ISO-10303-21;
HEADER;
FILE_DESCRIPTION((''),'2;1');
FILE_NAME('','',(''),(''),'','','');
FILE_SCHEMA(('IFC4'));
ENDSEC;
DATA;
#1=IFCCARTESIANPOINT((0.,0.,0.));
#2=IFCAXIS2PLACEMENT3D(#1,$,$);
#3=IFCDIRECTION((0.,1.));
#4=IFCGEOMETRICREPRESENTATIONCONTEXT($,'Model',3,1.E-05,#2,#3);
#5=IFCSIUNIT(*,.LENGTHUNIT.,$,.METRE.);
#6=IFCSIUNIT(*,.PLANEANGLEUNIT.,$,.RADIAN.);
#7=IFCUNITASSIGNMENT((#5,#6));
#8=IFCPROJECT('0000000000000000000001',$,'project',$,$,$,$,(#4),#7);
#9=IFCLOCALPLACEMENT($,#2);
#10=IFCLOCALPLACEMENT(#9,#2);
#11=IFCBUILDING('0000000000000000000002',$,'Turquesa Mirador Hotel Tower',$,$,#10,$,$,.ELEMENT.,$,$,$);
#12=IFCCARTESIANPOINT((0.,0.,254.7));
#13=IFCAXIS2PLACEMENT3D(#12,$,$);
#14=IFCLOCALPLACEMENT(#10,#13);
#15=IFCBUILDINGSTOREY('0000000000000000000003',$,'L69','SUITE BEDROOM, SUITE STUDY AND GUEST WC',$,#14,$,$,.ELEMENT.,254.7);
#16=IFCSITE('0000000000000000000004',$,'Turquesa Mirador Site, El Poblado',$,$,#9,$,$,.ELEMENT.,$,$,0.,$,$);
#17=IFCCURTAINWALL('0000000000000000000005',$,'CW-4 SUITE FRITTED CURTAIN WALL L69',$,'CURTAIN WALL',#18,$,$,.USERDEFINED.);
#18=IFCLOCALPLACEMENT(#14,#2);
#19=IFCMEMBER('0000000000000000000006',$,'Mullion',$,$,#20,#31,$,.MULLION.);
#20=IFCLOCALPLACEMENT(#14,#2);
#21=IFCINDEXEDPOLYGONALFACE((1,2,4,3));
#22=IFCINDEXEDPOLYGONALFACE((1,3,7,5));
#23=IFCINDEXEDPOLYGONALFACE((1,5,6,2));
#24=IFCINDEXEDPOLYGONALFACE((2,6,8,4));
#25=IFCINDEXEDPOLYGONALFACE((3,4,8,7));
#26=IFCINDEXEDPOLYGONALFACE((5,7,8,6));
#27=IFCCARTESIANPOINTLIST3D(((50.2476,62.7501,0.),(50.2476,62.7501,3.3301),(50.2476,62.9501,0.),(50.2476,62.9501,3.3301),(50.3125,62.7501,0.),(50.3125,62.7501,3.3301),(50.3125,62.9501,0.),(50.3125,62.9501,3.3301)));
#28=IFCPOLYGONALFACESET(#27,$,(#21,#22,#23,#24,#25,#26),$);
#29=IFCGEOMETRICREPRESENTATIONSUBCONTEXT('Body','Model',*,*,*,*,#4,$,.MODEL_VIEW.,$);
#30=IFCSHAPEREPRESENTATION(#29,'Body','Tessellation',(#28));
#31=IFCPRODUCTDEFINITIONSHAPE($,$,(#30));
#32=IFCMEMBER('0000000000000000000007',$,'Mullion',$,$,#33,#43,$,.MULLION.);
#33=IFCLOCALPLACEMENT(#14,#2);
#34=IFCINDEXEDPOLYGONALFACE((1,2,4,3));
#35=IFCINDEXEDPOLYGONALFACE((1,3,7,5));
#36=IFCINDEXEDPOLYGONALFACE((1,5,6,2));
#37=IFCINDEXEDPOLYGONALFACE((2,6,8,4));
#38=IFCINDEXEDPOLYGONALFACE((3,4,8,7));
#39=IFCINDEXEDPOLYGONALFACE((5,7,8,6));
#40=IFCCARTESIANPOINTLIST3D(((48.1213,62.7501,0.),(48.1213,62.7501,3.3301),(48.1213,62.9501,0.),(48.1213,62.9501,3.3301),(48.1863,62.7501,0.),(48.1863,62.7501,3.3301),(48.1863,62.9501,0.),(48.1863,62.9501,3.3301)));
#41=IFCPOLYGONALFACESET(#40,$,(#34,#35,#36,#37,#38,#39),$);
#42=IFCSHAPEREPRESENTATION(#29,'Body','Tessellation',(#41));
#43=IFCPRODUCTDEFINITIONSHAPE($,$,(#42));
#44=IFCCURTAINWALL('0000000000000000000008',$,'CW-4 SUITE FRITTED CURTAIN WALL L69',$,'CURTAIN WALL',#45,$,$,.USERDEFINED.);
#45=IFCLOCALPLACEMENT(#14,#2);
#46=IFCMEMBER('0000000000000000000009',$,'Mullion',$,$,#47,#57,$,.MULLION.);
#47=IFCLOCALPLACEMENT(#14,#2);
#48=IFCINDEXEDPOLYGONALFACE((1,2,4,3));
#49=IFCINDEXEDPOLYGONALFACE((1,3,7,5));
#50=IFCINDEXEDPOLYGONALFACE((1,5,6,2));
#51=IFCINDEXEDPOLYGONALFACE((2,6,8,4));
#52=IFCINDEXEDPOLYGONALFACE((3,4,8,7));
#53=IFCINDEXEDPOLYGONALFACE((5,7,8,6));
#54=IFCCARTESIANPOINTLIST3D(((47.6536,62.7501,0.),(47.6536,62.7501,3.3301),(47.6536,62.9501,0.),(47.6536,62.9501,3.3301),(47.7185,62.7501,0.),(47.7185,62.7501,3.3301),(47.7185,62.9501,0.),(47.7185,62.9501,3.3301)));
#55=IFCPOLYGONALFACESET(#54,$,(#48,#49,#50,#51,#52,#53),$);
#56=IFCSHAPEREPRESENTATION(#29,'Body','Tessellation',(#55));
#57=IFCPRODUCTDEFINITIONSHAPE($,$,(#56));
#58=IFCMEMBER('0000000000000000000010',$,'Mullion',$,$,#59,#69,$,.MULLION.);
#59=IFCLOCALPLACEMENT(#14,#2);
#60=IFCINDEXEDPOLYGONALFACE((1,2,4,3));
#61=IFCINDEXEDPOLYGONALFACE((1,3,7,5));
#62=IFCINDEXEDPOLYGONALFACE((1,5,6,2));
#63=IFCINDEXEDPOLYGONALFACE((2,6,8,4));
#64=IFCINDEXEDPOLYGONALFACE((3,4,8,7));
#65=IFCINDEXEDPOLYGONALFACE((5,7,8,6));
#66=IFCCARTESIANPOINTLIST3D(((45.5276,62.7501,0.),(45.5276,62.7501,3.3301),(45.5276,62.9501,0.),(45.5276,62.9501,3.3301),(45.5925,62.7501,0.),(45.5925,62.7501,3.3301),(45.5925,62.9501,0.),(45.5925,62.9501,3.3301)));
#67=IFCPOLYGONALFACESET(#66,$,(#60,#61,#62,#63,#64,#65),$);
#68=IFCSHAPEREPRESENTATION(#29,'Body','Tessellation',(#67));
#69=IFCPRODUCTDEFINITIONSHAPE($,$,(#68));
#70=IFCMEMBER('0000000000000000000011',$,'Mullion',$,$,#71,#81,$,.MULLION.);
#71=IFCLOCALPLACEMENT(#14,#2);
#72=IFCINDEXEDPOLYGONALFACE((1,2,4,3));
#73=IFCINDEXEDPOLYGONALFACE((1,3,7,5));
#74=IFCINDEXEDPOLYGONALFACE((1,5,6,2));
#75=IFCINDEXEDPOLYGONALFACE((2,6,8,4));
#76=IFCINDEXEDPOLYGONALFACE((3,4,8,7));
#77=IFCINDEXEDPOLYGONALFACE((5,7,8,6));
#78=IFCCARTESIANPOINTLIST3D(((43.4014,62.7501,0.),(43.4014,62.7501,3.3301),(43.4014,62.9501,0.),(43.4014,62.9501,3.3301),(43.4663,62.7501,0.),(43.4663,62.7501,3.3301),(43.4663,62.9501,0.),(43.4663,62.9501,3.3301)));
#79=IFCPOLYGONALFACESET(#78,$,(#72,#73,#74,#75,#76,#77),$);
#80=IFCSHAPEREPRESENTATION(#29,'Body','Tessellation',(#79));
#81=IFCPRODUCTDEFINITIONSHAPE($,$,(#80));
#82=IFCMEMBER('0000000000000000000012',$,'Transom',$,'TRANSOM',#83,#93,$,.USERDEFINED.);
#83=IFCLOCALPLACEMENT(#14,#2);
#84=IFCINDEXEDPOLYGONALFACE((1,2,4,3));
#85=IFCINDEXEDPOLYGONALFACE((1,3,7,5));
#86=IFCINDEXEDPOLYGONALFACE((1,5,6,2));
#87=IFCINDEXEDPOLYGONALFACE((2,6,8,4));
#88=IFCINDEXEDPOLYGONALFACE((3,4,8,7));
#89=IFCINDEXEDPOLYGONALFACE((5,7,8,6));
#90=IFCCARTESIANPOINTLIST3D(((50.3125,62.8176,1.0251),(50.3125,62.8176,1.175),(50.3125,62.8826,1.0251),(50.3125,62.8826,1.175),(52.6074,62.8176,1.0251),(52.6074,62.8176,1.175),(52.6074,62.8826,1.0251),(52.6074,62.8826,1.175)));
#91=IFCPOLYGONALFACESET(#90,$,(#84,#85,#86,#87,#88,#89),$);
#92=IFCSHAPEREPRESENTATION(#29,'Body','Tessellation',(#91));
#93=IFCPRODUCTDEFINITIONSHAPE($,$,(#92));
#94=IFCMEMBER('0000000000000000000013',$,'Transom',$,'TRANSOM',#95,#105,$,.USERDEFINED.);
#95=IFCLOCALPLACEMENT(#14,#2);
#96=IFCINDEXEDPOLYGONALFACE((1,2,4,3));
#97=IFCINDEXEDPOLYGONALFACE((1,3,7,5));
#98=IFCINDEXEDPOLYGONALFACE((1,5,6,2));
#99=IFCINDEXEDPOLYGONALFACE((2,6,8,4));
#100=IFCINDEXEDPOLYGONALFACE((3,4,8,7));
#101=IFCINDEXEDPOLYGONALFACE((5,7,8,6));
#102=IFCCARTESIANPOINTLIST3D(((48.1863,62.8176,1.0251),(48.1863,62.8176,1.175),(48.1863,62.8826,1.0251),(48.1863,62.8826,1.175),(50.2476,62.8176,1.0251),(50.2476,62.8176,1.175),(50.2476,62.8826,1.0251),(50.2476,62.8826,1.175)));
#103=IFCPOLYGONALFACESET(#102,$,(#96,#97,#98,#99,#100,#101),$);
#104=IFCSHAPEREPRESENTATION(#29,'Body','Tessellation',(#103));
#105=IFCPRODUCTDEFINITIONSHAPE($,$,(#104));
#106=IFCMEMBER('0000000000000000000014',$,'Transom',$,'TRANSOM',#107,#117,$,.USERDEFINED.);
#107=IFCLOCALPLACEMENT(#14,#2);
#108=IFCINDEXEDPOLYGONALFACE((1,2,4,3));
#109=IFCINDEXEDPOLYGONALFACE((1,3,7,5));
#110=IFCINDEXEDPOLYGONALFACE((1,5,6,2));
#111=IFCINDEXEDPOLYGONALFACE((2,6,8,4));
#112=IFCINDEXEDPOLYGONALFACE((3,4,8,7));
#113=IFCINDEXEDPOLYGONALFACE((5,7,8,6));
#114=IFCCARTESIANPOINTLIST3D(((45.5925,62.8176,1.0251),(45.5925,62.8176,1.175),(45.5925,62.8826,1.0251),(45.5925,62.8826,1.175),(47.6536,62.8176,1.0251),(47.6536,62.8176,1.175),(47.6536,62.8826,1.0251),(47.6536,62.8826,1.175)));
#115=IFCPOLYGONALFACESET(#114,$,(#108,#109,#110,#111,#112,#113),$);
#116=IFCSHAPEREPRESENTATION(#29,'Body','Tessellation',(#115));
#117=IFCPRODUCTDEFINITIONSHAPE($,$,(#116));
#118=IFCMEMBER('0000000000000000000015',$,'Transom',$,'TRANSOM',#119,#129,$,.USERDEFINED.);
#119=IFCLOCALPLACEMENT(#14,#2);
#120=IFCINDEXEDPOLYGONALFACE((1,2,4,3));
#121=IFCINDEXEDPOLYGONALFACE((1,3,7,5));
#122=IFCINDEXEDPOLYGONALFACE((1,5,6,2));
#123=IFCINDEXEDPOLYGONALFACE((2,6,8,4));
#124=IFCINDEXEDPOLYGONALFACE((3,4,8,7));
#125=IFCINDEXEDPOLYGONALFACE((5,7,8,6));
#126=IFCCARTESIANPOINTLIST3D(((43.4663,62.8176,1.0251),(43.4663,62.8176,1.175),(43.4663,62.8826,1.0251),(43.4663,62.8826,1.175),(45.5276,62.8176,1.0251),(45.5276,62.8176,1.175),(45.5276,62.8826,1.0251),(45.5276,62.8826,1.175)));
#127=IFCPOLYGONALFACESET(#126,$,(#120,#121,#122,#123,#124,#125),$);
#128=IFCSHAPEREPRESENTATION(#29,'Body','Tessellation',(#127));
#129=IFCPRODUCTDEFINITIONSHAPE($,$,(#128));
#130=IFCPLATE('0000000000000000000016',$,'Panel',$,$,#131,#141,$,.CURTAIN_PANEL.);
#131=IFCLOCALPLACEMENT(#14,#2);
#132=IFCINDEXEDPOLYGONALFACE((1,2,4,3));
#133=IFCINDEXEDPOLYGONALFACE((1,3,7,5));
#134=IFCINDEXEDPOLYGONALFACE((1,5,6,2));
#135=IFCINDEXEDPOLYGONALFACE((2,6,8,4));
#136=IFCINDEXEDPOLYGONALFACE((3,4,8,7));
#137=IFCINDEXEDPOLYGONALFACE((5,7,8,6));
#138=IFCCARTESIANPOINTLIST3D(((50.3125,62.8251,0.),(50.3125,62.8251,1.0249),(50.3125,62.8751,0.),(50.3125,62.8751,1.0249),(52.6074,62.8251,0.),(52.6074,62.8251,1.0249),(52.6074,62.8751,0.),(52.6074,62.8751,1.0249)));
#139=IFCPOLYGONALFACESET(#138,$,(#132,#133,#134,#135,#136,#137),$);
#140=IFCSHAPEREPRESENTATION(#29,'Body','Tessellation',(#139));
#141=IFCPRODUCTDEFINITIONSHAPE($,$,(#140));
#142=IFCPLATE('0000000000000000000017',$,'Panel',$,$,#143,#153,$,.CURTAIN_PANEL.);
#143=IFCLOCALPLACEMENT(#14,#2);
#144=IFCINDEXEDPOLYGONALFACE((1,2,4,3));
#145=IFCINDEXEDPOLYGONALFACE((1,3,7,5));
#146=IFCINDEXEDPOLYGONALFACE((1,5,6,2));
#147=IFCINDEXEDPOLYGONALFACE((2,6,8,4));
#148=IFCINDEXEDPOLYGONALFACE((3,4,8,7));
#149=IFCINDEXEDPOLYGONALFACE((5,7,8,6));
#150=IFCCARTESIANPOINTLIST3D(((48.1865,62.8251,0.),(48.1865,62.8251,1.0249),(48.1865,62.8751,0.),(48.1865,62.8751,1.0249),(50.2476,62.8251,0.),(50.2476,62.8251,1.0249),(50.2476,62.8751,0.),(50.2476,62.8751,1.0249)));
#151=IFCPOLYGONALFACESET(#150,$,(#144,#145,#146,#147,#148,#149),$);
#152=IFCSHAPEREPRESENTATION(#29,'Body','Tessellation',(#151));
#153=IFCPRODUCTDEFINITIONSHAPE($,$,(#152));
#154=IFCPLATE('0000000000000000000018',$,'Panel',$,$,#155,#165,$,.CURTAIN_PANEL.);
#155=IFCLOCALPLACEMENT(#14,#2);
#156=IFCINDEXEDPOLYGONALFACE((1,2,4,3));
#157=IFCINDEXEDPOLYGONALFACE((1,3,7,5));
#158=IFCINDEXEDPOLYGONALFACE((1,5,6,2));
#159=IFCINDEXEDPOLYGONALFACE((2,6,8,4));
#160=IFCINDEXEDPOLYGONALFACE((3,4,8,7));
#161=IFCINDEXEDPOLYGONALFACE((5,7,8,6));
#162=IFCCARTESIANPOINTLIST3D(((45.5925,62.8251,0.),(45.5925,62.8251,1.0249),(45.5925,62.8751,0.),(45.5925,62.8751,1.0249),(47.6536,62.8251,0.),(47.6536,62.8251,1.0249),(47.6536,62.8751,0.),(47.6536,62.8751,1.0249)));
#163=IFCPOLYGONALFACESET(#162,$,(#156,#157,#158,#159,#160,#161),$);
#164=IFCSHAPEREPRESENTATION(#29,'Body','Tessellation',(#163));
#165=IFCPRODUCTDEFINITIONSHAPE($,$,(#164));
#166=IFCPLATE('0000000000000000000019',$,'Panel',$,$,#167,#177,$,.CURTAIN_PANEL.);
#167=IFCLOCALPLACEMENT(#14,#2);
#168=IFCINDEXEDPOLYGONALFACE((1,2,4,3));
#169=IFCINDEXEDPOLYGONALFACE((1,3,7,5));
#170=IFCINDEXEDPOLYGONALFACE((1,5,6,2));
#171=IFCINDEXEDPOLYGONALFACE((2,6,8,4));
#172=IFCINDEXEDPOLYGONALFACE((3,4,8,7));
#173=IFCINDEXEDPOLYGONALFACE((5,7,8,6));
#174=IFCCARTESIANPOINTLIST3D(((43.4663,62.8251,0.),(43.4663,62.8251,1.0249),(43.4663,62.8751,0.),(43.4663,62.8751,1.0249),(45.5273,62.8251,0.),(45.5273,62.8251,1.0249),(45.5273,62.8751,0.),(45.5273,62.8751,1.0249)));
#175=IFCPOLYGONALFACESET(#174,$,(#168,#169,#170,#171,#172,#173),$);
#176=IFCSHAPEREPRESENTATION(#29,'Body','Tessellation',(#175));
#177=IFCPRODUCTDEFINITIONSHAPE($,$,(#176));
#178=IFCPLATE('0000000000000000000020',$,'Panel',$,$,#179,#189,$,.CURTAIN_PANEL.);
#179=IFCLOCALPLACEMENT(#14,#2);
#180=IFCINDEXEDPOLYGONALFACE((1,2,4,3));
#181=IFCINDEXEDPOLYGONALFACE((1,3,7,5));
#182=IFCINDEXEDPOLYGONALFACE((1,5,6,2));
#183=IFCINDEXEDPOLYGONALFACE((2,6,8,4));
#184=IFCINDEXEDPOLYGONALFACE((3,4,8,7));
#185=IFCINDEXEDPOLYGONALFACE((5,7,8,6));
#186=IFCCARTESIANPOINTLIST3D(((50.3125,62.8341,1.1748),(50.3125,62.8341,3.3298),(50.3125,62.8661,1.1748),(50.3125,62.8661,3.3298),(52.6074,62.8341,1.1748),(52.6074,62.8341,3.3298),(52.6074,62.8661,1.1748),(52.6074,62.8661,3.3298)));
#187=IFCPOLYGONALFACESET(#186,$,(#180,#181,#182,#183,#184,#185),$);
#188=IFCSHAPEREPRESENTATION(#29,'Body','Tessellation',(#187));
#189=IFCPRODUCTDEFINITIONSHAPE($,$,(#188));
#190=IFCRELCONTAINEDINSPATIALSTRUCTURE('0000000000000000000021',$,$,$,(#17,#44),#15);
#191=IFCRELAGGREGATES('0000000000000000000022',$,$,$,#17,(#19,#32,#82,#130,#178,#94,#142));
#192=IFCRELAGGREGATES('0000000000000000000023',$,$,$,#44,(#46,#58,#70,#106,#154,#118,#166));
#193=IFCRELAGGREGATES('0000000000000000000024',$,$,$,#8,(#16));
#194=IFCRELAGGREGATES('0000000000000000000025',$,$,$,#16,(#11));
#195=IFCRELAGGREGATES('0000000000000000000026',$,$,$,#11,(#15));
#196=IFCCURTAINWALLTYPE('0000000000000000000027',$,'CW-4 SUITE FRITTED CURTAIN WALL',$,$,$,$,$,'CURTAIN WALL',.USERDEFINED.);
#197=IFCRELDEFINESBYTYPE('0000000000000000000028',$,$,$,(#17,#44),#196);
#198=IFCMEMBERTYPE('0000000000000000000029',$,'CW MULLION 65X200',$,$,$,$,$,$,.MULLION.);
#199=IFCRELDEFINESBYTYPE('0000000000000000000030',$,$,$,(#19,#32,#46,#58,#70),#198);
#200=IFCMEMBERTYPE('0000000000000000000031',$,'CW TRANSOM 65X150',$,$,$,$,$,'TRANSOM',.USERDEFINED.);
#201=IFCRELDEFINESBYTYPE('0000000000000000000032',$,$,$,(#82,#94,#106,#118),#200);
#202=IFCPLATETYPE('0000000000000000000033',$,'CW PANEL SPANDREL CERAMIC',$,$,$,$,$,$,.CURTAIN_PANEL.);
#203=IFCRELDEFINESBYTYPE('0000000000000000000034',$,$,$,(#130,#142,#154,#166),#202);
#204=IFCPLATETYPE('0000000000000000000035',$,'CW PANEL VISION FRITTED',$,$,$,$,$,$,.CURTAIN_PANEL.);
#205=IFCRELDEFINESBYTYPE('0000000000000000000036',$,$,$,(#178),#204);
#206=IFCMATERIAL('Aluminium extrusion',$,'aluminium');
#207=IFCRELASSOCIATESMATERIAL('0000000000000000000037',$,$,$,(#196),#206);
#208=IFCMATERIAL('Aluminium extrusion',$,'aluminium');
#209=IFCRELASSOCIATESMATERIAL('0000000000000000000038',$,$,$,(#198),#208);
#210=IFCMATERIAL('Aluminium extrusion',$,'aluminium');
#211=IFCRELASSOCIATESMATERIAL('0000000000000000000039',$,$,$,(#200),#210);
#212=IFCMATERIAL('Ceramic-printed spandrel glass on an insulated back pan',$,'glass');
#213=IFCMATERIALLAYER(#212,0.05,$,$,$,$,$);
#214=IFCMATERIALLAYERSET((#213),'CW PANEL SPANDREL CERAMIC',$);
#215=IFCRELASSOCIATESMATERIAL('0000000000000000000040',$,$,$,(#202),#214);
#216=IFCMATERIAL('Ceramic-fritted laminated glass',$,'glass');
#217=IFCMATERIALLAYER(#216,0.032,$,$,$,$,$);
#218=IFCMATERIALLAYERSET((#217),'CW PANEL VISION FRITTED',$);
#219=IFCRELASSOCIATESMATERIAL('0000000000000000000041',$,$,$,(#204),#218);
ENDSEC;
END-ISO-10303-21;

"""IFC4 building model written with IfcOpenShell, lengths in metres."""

from ifc_helpers import new_model, si_unit, direction, frame, origin, origin_2d, place, context, subcontext, project, spatial, rectangle, extrude, material, layer, layer_set, material_profile, profile_set, type_object, element, aggregate, save


model = new_model("IFC4")

# Units and contexts
model_context = context("Model", 3, precision=1e-05, world=origin(), true_north=direction((0.0, 1.0)))
body_context = subcontext(model_context, "Body", "Model", "MODEL_VIEW")
ifc_project = project(units=[si_unit("LENGTHUNIT", "METRE"), si_unit("PLANEANGLEUNIT", "RADIAN")], contexts=[model_context])

# Site, building, storey
site_placement = place(None, origin())
site = spatial("IfcSite", under=ifc_project, at=site_placement, Name="Turquesa Mirador Site, El Poblado", CompositionType="ELEMENT", RefElevation=0.0)
building_placement = place(site_placement, origin())
building = spatial("IfcBuilding", under=site, at=building_placement, Name="Turquesa Mirador Hotel Tower", CompositionType="ELEMENT")
storey_placement = place(building_placement, frame((0.0, 0.0, 254.7)))
storey = spatial("IfcBuildingStorey", under=building, at=storey_placement, Name="L69", Description="SUITE BEDROOM, SUITE STUDY AND GUEST WC", CompositionType="ELEMENT", Elevation=254.7)

# Curtain walls, members
ifc_material_1 = material(Name="Aluminium extrusion", Category="aluminium")
curtain_wall_type = type_object("IfcCurtainWallType", Name="CW-4 SUITE FRITTED CURTAIN WALL", ElementType="CURTAIN WALL", PredefinedType="USERDEFINED", material=ifc_material_1)
curtain_wall_1_placement = place(storey_placement, origin())
curtain_wall_1 = element("IfcCurtainWall", 1, at=curtain_wall_1_placement, inside=storey, type_object=curtain_wall_type, Name="CW-4 SUITE FRITTED CURTAIN WALL L69", ObjectType="CURTAIN WALL", PredefinedType="USERDEFINED")
ifc_material_2 = material(Name="Aluminium extrusion", Category="aluminium")
ifc_material_profile_1 = material_profile(ifc_material_2, rectangle(XDim=0.0649, YDim=0.2, at=origin_2d()), Name="MULLION 65X200")
ifc_profile_set_1 = profile_set([ifc_material_profile_1], Name="Aluminium extrusion")
member_type_1 = type_object("IfcMemberType", Name="CW MULLION 65X200", PredefinedType="MULLION", material=ifc_profile_set_1)
member_1_placement = place(storey_placement, frame((50.28, 62.8501, 0.0), z_axis=(0.0, 0.0, 1.0), x_axis=(-1.0, 0.0, 0.0)))
member_1 = element("IfcMember", 2, at=member_1_placement, type_object=member_type_1, Name="Mullion", PredefinedType="MULLION", context=body_context, shape_type="SweptSolid", body=[
    extrude(rectangle(XDim=0.0649, YDim=0.2, at=origin_2d()), origin(), (0.0, 0.0, 1.0), 3.3301),
])
member_2_placement = place(storey_placement, frame((48.1538, 62.8501, 0.0), z_axis=(0.0, 0.0, 1.0), x_axis=(-1.0, 0.0, 0.0)))
member_2 = element("IfcMember", 3, at=member_2_placement, type_object=member_type_1, Name="Mullion", PredefinedType="MULLION", context=body_context, shape_type="SweptSolid", body=[
    extrude(rectangle(XDim=0.0649, YDim=0.2, at=origin_2d()), origin(), (0.0, 0.0, 1.0), 3.3301),
])
curtain_wall_2_placement = place(storey_placement, origin())
curtain_wall_2 = element("IfcCurtainWall", 4, at=curtain_wall_2_placement, inside=storey, type_object=curtain_wall_type, Name="CW-4 SUITE FRITTED CURTAIN WALL L69", ObjectType="CURTAIN WALL", PredefinedType="USERDEFINED")
member_3_placement = place(storey_placement, frame((47.686, 62.8501, 0.0), z_axis=(0.0, 0.0, 1.0), x_axis=(-1.0, 0.0, 0.0)))
member_3 = element("IfcMember", 5, at=member_3_placement, type_object=member_type_1, Name="Mullion", PredefinedType="MULLION", context=body_context, shape_type="SweptSolid", body=[
    extrude(rectangle(XDim=0.0649, YDim=0.2, at=origin_2d()), origin(), (0.0, 0.0, 1.0), 3.3301),
])
member_4_placement = place(storey_placement, frame((45.5601, 62.8501, 0.0), z_axis=(0.0, 0.0, 1.0), x_axis=(-1.0, 0.0, 0.0)))
member_4 = element("IfcMember", 6, at=member_4_placement, type_object=member_type_1, Name="Mullion", PredefinedType="MULLION", context=body_context, shape_type="SweptSolid", body=[
    extrude(rectangle(XDim=0.0649, YDim=0.2, at=origin_2d()), origin(), (0.0, 0.0, 1.0), 3.3301),
])
member_5_placement = place(storey_placement, frame((43.4338, 62.8501, 0.0), z_axis=(0.0, 0.0, 1.0), x_axis=(-1.0, 0.0, 0.0)))
member_5 = element("IfcMember", 7, at=member_5_placement, type_object=member_type_1, Name="Mullion", PredefinedType="MULLION", context=body_context, shape_type="SweptSolid", body=[
    extrude(rectangle(XDim=0.0649, YDim=0.2, at=origin_2d()), origin(), (0.0, 0.0, 1.0), 3.3301),
])

# Members
ifc_material_3 = material(Name="Aluminium extrusion", Category="aluminium")
ifc_material_profile_2 = material_profile(ifc_material_3, rectangle(XDim=0.0649, YDim=0.1499, at=origin_2d()), Name="TRANSOM 65X150")
ifc_profile_set_2 = profile_set([ifc_material_profile_2], Name="Aluminium extrusion")
member_type_2 = type_object("IfcMemberType", Name="CW TRANSOM 65X150", ElementType="TRANSOM", PredefinedType="USERDEFINED", material=ifc_profile_set_2)
member_6_placement = place(storey_placement, frame((52.6074, 62.8501, 1.1001), z_axis=(-1.0, 0.0, 0.0), x_axis=(0.0, -1.0, 0.0)))
member_6 = element("IfcMember", 8, at=member_6_placement, type_object=member_type_2, Name="Transom", ObjectType="TRANSOM", PredefinedType="USERDEFINED", context=body_context, shape_type="SweptSolid", body=[
    extrude(rectangle(XDim=0.0649, YDim=0.1499, at=origin_2d()), origin(), (0.0, 0.0, 1.0), 2.2949),
])
member_7_placement = place(storey_placement, frame((50.2476, 62.8501, 1.1001), z_axis=(-1.0, 0.0, 0.0), x_axis=(0.0, -1.0, 0.0)))
member_7 = element("IfcMember", 9, at=member_7_placement, type_object=member_type_2, Name="Transom", ObjectType="TRANSOM", PredefinedType="USERDEFINED", context=body_context, shape_type="SweptSolid", body=[
    extrude(rectangle(XDim=0.0649, YDim=0.1499, at=origin_2d()), origin(), (0.0, 0.0, 1.0), 2.0613),
])
member_8_placement = place(storey_placement, frame((47.6536, 62.8501, 1.1001), z_axis=(-1.0, 0.0, 0.0), x_axis=(0.0, -1.0, 0.0)))
member_8 = element("IfcMember", 10, at=member_8_placement, type_object=member_type_2, Name="Transom", ObjectType="TRANSOM", PredefinedType="USERDEFINED", context=body_context, shape_type="SweptSolid", body=[
    extrude(rectangle(XDim=0.0649, YDim=0.1499, at=origin_2d()), origin(), (0.0, 0.0, 1.0), 2.061),
])
member_9_placement = place(storey_placement, frame((45.5276, 62.8501, 1.1001), z_axis=(-1.0, 0.0, 0.0), x_axis=(0.0, -1.0, 0.0)))
member_9 = element("IfcMember", 11, at=member_9_placement, type_object=member_type_2, Name="Transom", ObjectType="TRANSOM", PredefinedType="USERDEFINED", context=body_context, shape_type="SweptSolid", body=[
    extrude(rectangle(XDim=0.0649, YDim=0.1499, at=origin_2d()), origin(), (0.0, 0.0, 1.0), 2.0613),
])

# Plates
ifc_material_4 = material(Name="Ceramic-printed spandrel glass on an insulated back pan", Category="glass")
ifc_layer_1 = layer(ifc_material_4, 0.05)
ifc_layer_set_1 = layer_set([ifc_layer_1], Name="CW PANEL SPANDREL CERAMIC")
plate_type_1 = type_object("IfcPlateType", Name="CW PANEL SPANDREL CERAMIC", PredefinedType="CURTAIN_PANEL", material=ifc_layer_set_1)
plate_1_placement = place(storey_placement, frame((51.46, 62.8501, 0.0), z_axis=(0.0, 0.0, 1.0), x_axis=(-1.0, 0.0, 0.0)))
plate_1 = element("IfcPlate", 12, at=plate_1_placement, type_object=plate_type_1, Name="Panel", PredefinedType="CURTAIN_PANEL", context=body_context, shape_type="SweptSolid", body=[
    extrude(rectangle(XDim=2.2949, YDim=0.05, at=origin_2d()), origin(), (0.0, 0.0, 1.0), 1.0249),
])
plate_2_placement = place(storey_placement, frame((49.217, 62.8501, 0.0), z_axis=(0.0, 0.0, 1.0), x_axis=(-1.0, 0.0, 0.0)))
plate_2 = element("IfcPlate", 13, at=plate_2_placement, type_object=plate_type_1, Name="Panel", PredefinedType="CURTAIN_PANEL", context=body_context, shape_type="SweptSolid", body=[
    extrude(rectangle(XDim=2.061, YDim=0.05, at=origin_2d()), origin(), (0.0, 0.0, 1.0), 1.0249),
])
plate_3_placement = place(storey_placement, frame((46.623, 62.8501, 0.0), z_axis=(0.0, 0.0, 1.0), x_axis=(-1.0, 0.0, 0.0)))
plate_3 = element("IfcPlate", 14, at=plate_3_placement, type_object=plate_type_1, Name="Panel", PredefinedType="CURTAIN_PANEL", context=body_context, shape_type="SweptSolid", body=[
    extrude(rectangle(XDim=2.061, YDim=0.05, at=origin_2d()), origin(), (0.0, 0.0, 1.0), 1.0249),
])
plate_4_placement = place(storey_placement, frame((44.4968, 62.8501, 0.0), z_axis=(0.0, 0.0, 1.0), x_axis=(-1.0, 0.0, 0.0)))
plate_4 = element("IfcPlate", 15, at=plate_4_placement, type_object=plate_type_1, Name="Panel", PredefinedType="CURTAIN_PANEL", context=body_context, shape_type="SweptSolid", body=[
    extrude(rectangle(XDim=2.061, YDim=0.05, at=origin_2d()), origin(), (0.0, 0.0, 1.0), 1.0249),
])
ifc_material_5 = material(Name="Ceramic-fritted laminated glass", Category="glass")
ifc_layer_2 = layer(ifc_material_5, 0.032)
ifc_layer_set_2 = layer_set([ifc_layer_2], Name="CW PANEL VISION FRITTED")
plate_type_2 = type_object("IfcPlateType", Name="CW PANEL VISION FRITTED", PredefinedType="CURTAIN_PANEL", material=ifc_layer_set_2)
plate_5_placement = place(storey_placement, frame((51.46, 62.8501, 1.1748), z_axis=(0.0, 0.0, 1.0), x_axis=(-1.0, 0.0, 0.0)))
plate_5 = element("IfcPlate", 16, at=plate_5_placement, type_object=plate_type_2, Name="Panel", PredefinedType="CURTAIN_PANEL", context=body_context, shape_type="SweptSolid", body=[
    extrude(rectangle(XDim=2.2949, YDim=0.032, at=origin_2d()), origin(), (0.0, 0.0, 1.0), 2.155),
])
aggregate(curtain_wall_1, [member_1, member_2, member_6, plate_1, plate_5, member_7, plate_2])
aggregate(curtain_wall_2, [member_3, member_4, member_5, member_8, plate_3, member_9, plate_4])

save(model, "model.ifc")
